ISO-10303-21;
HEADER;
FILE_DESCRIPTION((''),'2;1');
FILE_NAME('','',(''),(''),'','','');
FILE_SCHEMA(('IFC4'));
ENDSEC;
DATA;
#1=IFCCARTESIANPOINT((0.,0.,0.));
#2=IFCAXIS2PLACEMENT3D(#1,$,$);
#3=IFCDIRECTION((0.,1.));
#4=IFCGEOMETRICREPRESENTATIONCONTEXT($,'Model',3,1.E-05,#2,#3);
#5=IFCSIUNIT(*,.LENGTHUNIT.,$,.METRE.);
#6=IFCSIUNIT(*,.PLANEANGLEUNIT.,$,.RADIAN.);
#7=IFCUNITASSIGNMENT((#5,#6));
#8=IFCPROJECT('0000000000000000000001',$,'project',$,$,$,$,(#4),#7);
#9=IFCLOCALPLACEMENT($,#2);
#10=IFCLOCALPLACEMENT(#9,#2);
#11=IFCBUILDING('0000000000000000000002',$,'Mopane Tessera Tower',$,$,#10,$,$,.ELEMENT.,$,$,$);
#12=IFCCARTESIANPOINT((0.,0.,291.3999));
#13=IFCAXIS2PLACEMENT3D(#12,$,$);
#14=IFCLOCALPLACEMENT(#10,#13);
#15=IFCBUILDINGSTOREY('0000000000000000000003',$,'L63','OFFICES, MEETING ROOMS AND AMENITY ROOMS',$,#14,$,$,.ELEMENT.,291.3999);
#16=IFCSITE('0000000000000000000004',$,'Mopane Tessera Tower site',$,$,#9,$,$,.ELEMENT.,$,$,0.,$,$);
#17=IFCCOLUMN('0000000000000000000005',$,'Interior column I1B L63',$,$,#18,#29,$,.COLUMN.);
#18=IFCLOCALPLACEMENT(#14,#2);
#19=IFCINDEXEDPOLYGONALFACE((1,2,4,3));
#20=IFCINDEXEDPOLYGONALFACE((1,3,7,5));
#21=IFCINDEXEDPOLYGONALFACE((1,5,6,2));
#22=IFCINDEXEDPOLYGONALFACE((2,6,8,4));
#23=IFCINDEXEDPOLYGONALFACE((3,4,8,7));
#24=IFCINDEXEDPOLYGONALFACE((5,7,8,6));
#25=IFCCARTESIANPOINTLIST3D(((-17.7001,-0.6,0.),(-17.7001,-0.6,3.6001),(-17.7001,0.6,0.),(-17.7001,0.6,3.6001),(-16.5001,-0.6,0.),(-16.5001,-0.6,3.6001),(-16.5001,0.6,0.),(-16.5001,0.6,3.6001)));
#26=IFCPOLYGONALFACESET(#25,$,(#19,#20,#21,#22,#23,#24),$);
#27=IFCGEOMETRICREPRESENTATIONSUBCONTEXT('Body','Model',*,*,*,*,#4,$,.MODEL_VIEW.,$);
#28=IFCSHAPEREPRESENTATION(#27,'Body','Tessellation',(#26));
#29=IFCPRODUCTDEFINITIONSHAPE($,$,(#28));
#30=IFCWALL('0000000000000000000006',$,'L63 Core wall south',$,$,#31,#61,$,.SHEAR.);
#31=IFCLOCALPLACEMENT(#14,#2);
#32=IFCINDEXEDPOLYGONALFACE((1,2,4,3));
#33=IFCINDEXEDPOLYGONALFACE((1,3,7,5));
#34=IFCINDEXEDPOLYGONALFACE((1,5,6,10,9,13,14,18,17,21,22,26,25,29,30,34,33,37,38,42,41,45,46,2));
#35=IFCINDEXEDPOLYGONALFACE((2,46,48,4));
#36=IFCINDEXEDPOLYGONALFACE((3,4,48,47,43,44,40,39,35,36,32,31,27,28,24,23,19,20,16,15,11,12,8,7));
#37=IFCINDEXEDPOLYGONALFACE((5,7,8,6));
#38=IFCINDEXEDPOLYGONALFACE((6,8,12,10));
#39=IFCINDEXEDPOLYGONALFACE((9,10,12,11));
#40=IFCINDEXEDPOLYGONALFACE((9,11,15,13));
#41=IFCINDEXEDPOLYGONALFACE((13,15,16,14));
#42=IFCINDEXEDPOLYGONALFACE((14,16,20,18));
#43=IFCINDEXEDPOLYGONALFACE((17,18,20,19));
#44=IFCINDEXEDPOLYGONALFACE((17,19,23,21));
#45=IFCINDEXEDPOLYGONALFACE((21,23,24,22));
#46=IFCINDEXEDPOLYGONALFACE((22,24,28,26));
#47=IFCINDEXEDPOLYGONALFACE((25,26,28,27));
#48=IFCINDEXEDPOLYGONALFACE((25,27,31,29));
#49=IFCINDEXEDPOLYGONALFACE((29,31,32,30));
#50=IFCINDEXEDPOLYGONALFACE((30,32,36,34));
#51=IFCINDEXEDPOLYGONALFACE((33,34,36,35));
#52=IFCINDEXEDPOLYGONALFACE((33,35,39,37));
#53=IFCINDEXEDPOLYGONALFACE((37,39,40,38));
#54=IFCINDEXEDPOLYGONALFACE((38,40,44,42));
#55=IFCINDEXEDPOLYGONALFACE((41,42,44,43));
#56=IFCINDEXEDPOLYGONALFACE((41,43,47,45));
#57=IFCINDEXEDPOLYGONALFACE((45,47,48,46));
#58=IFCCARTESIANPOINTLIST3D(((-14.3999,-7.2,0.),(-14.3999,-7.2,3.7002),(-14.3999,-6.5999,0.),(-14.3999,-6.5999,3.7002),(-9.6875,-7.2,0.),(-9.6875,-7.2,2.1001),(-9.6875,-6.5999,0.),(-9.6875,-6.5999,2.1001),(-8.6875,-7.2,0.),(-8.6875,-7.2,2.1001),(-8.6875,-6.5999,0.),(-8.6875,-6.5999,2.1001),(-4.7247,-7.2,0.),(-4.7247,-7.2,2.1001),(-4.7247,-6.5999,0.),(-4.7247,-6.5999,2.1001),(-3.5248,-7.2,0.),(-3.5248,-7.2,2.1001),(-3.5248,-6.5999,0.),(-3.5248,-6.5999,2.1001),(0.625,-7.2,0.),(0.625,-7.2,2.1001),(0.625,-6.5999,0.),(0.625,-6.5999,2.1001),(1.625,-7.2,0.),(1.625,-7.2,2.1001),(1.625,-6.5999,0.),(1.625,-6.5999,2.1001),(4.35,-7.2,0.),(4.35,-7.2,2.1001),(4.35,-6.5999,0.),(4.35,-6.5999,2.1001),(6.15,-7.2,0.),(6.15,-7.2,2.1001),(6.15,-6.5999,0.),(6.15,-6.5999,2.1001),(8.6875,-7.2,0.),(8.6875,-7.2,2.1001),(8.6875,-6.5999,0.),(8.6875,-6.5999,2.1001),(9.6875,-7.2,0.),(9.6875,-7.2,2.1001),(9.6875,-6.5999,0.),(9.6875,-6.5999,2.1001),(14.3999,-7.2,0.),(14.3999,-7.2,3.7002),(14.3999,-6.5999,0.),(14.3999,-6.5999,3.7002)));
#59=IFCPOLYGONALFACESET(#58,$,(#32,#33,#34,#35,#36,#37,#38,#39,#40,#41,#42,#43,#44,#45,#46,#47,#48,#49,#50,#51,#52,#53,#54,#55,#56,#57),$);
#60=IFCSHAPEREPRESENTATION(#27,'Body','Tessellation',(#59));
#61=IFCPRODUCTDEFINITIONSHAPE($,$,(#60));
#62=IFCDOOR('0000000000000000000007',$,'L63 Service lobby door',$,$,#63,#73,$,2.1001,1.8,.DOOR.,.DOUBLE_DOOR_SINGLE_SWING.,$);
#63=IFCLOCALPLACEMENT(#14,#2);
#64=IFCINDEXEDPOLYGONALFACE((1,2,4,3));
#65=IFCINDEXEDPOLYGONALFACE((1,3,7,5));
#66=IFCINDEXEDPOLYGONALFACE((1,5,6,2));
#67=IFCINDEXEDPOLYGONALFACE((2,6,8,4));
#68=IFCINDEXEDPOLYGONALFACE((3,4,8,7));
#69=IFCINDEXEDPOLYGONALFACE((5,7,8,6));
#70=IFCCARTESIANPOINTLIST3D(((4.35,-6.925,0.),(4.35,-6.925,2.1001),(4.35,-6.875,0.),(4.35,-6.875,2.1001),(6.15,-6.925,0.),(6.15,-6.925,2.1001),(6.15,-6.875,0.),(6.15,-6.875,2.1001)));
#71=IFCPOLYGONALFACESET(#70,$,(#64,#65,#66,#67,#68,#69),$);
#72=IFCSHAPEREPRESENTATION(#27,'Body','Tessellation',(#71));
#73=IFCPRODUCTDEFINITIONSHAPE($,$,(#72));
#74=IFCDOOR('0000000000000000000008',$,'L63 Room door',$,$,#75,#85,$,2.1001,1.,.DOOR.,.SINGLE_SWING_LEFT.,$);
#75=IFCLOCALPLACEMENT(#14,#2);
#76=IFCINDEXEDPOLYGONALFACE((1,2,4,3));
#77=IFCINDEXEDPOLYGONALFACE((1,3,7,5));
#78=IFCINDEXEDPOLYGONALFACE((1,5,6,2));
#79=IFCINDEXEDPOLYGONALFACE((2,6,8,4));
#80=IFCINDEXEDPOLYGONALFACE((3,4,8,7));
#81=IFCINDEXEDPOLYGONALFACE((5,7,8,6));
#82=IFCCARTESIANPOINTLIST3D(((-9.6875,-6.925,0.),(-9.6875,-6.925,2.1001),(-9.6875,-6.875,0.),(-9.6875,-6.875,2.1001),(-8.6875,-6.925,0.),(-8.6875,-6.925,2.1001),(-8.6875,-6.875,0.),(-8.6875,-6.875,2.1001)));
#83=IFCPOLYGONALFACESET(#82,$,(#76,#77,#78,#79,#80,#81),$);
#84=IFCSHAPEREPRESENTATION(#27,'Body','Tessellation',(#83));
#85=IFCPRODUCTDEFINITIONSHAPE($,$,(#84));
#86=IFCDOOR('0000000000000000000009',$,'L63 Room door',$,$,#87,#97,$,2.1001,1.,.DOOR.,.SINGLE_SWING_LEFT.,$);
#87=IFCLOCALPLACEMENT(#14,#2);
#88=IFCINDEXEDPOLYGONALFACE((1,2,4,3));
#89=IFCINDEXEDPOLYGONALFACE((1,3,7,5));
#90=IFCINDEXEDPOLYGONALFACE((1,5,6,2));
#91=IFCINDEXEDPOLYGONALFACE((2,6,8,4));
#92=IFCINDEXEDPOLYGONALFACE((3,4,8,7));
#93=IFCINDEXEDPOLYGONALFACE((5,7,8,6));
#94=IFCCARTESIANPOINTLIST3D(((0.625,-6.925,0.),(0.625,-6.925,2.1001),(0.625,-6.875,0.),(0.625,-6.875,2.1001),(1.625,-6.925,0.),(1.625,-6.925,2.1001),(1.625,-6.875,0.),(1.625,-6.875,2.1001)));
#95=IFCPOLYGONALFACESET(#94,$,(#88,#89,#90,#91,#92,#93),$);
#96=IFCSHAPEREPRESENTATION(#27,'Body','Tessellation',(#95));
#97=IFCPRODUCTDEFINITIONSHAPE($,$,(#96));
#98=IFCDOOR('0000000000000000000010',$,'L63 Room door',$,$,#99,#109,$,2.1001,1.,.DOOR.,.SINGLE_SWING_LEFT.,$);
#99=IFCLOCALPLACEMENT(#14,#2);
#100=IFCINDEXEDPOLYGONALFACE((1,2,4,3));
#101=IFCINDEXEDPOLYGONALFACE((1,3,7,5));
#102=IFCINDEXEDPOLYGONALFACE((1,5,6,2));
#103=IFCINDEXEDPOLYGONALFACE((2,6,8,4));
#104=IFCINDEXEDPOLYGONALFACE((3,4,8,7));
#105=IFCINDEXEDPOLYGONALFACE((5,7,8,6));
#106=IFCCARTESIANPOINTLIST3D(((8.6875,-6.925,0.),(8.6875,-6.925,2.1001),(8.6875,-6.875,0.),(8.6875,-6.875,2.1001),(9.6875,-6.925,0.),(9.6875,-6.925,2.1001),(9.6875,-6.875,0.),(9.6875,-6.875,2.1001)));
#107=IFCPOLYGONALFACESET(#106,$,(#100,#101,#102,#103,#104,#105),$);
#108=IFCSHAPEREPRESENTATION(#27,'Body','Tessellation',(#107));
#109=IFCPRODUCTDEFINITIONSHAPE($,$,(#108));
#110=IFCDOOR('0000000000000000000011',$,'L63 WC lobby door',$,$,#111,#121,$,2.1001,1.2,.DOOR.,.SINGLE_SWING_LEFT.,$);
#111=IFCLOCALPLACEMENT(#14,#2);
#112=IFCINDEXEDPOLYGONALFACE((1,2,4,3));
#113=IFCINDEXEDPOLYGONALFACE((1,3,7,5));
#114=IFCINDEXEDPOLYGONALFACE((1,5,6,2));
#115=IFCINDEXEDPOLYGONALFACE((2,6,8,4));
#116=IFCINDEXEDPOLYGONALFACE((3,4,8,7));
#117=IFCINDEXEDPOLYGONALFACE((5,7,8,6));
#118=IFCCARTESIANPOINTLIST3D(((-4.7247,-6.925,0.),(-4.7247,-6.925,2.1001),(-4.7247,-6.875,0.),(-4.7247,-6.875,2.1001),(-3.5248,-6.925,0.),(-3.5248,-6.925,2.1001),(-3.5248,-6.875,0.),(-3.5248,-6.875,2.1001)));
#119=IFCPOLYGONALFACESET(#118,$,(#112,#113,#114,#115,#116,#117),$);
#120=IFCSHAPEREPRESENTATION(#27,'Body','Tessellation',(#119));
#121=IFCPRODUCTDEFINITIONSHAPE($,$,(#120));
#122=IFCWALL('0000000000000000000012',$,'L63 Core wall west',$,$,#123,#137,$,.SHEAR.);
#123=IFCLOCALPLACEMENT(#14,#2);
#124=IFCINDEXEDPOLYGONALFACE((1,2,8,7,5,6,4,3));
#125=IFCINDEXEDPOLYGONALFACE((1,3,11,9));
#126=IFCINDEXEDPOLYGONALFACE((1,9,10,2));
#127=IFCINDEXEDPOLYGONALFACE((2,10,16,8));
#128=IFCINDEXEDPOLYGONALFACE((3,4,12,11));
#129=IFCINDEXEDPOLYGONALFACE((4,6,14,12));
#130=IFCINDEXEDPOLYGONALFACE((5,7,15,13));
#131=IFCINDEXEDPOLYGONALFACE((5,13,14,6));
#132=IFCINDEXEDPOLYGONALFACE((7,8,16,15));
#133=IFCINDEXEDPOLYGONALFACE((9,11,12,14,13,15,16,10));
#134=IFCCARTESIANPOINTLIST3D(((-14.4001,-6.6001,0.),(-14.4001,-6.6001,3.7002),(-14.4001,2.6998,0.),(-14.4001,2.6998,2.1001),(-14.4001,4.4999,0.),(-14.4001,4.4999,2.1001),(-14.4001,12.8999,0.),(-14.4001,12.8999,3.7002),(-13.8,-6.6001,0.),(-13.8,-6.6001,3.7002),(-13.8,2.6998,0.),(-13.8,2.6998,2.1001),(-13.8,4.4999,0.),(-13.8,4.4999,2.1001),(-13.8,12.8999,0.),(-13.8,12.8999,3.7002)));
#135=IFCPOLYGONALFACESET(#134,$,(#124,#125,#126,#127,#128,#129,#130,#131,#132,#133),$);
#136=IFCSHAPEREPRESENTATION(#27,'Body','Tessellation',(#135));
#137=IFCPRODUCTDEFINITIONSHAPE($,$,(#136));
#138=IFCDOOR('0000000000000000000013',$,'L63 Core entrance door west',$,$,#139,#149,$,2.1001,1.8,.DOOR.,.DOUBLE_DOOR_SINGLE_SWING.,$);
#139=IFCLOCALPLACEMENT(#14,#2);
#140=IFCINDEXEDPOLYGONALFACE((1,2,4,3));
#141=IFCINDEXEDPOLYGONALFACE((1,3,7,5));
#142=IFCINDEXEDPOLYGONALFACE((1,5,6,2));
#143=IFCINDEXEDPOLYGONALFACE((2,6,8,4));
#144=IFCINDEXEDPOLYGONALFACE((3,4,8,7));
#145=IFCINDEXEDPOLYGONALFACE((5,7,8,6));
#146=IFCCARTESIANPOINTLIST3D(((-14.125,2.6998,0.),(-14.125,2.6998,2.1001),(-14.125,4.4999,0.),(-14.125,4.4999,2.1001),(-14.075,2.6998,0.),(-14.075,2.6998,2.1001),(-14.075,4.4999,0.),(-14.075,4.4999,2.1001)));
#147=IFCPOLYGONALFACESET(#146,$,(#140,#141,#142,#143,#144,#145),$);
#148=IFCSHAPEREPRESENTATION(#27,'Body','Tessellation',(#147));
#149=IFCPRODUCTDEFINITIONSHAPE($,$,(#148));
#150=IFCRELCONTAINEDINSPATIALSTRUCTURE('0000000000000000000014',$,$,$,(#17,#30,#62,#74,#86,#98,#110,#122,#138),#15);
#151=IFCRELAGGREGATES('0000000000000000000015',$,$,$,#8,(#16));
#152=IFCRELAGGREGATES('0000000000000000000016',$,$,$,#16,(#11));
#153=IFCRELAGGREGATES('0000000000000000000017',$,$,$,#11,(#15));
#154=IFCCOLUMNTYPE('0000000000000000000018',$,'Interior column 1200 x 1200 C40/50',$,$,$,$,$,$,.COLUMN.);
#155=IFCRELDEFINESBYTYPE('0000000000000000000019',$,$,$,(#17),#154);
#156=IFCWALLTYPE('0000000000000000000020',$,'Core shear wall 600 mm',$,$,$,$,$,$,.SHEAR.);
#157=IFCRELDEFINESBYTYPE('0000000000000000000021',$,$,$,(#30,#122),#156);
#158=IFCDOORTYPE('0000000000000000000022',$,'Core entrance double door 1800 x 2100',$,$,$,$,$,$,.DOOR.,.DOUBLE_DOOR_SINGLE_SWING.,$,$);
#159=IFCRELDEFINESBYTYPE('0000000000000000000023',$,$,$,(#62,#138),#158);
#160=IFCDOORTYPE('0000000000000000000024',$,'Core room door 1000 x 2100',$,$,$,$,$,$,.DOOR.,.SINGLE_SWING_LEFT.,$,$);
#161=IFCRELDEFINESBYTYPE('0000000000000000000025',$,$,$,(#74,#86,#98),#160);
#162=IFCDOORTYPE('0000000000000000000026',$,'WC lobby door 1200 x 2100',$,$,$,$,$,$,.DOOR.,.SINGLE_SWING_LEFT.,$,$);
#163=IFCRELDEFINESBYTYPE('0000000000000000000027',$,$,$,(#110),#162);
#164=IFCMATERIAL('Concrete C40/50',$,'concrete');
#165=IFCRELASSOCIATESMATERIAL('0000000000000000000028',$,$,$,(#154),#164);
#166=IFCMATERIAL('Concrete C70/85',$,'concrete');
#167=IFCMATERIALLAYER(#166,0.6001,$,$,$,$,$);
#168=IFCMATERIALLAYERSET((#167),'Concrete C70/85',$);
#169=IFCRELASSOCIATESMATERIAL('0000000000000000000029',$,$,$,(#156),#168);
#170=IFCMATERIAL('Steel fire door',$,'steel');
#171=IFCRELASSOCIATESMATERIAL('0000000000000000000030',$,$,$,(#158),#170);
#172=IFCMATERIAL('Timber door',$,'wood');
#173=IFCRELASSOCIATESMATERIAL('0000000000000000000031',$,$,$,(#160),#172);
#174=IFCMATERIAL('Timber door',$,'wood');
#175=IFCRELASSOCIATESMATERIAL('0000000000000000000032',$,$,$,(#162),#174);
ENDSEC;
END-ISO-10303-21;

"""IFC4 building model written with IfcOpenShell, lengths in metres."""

from ifc_helpers import new_model, si_unit, direction, frame, frame_2d, origin, origin_2d, place, context, subcontext, project, spatial, rectangle, extrude, material, layer, layer_set, material_profile, profile_set, type_object, element, fill, save


model = new_model("IFC4")

# Units and contexts
model_context = context("Model", 3, precision=1e-05, world=origin(), true_north=direction((0.0, 1.0)))
body_context = subcontext(model_context, "Body", "Model", "MODEL_VIEW")
ifc_project = project(units=[si_unit("LENGTHUNIT", "METRE"), si_unit("PLANEANGLEUNIT", "RADIAN")], contexts=[model_context])

# Site, building, storey
site_placement = place(None, origin())
site = spatial("IfcSite", under=ifc_project, at=site_placement, Name="Mopane Tessera Tower site", CompositionType="ELEMENT", RefElevation=0.0)
building_placement = place(site_placement, origin())
building = spatial("IfcBuilding", under=site, at=building_placement, Name="Mopane Tessera Tower", CompositionType="ELEMENT")
storey_placement = place(building_placement, frame((0.0, 0.0, 291.3999)))
storey = spatial("IfcBuildingStorey", under=building, at=storey_placement, Name="L63", Description="OFFICES, MEETING ROOMS AND AMENITY ROOMS", CompositionType="ELEMENT", Elevation=291.3999)

# Column
ifc_material_1 = material(Name="Concrete C40/50", Category="concrete")
ifc_material_profile = material_profile(ifc_material_1, rectangle(XDim=1.2, YDim=1.2, at=origin_2d()))
ifc_profile_set = profile_set([ifc_material_profile], Name="Concrete C40/50")
column_type = type_object("IfcColumnType", Name="Interior column 1200 x 1200 C40/50", PredefinedType="COLUMN", material=ifc_profile_set)
column_placement = place(storey_placement, frame((-17.1001, 0.0, 0.0), z_axis=(0.0, 0.0, 1.0), x_axis=(1.0, 0.0, 0.0)))
element("IfcColumn", 1, at=column_placement, inside=storey, type_object=column_type, Name="Interior column I1B L63", PredefinedType="COLUMN", context=body_context, shape_type="SweptSolid", body=[
    extrude(rectangle(XDim=1.2, YDim=1.2, at=origin_2d()), origin(), (0.0, 0.0, 1.0), 3.6001),
])

# Wall, openings, doors
ifc_material_2 = material(Name="Concrete C70/85", Category="concrete")
ifc_layer_1 = layer(ifc_material_2, 0.6001)
ifc_layer_set_1 = layer_set([ifc_layer_1], Name="Concrete C70/85")
wall_type_1 = type_object("IfcWallType", Name="Core shear wall 600 mm", PredefinedType="SHEAR", material=ifc_layer_set_1)
wall_1_placement = place(storey_placement, frame((-14.3999, -6.8999, 0.0), z_axis=(0.0, 0.0, 1.0), x_axis=(1.0, 0.0, 0.0)))
wall_1 = element("IfcWall", 2, at=wall_1_placement, inside=storey, type_object=wall_type_1, Name="L63 Core wall south", PredefinedType="SHEAR", context=body_context, shape_type="SweptSolid", body=[
    extrude(rectangle(XDim=28.7998, YDim=0.6001, at=frame_2d((14.3999, 0.0))), origin(), (0.0, 0.0, 1.0), 3.7002),
])
opening_1_placement = place(wall_1_placement, frame((4.7124, 0.0, 0.0)))
opening_1 = element("IfcOpeningElement", 3, at=opening_1_placement, cuts=wall_1, PredefinedType="OPENING", context=body_context, shape_type="SweptSolid", body=[
    extrude(rectangle(XDim=1.0, YDim=2.1001, at=frame_2d((0.5, 1.05))), frame((0.0, 0.312, 0.0), z_axis=(0.0, -1.0, 0.0), x_axis=(1.0, 0.0, 0.0)), (0.0, 0.0, 1.0), 0.624),
])
opening_2_placement = place(wall_1_placement, frame((9.675, 0.0, 0.0)))
opening_2 = element("IfcOpeningElement", 4, at=opening_2_placement, cuts=wall_1, PredefinedType="OPENING", context=body_context, shape_type="SweptSolid", body=[
    extrude(rectangle(XDim=1.2, YDim=2.1001, at=frame_2d((0.6001, 1.05))), frame((0.0, 0.312, 0.0), z_axis=(0.0, -1.0, 0.0), x_axis=(1.0, 0.0, 0.0)), (0.0, 0.0, 1.0), 0.624),
])
opening_3_placement = place(wall_1_placement, frame((15.0249, 0.0, 0.0)))
opening_3 = element("IfcOpeningElement", 5, at=opening_3_placement, cuts=wall_1, PredefinedType="OPENING", context=body_context, shape_type="SweptSolid", body=[
    extrude(rectangle(XDim=1.0, YDim=2.1001, at=frame_2d((0.5, 1.05))), frame((0.0, 0.312, 0.0), z_axis=(0.0, -1.0, 0.0), x_axis=(1.0, 0.0, 0.0)), (0.0, 0.0, 1.0), 0.624),
])
opening_4_placement = place(wall_1_placement, frame((18.75, 0.0, 0.0)))
opening_4 = element("IfcOpeningElement", 6, at=opening_4_placement, cuts=wall_1, PredefinedType="OPENING", context=body_context, shape_type="SweptSolid", body=[
    extrude(rectangle(XDim=1.8, YDim=2.1001, at=frame_2d((0.8999, 1.05))), frame((0.0, 0.312, 0.0), z_axis=(0.0, -1.0, 0.0), x_axis=(1.0, 0.0, 0.0)), (0.0, 0.0, 1.0), 0.624),
])
opening_5_placement = place(wall_1_placement, frame((23.0874, 0.0, 0.0)))
opening_5 = element("IfcOpeningElement", 7, at=opening_5_placement, cuts=wall_1, PredefinedType="OPENING", context=body_context, shape_type="SweptSolid", body=[
    extrude(rectangle(XDim=1.0, YDim=2.1001, at=frame_2d((0.5, 1.05))), frame((0.0, 0.312, 0.0), z_axis=(0.0, -1.0, 0.0), x_axis=(1.0, 0.0, 0.0)), (0.0, 0.0, 1.0), 0.624),
])
ifc_material_3 = material(Name="Steel fire door", Category="steel")
door_type_1 = type_object("IfcDoorType", Name="Core entrance double door 1800 x 2100", OperationType="DOUBLE_DOOR_SINGLE_SWING", PredefinedType="DOOR", material=ifc_material_3)
door_1_placement = place(opening_4_placement, origin())
door_1 = element("IfcDoor", 8, at=door_1_placement, inside=storey, type_object=door_type_1, Name="L63 Service lobby door", OperationType="DOUBLE_DOOR_SINGLE_SWING", OverallHeight=2.1001, OverallWidth=1.8, PredefinedType="DOOR", context=body_context, shape_type="SweptSolid", body=[
    extrude(rectangle(XDim=1.8, YDim=2.1001, at=frame_2d((0.8999, 1.05))), frame((0.0, 0.0249, 0.0), z_axis=(0.0, -1.0, 0.0), x_axis=(1.0, 0.0, 0.0)), (0.0, 0.0, 1.0), 0.05),
])
fill(opening_4, door_1)
ifc_material_4 = material(Name="Timber door", Category="wood")
door_type_2 = type_object("IfcDoorType", Name="Core room door 1000 x 2100", OperationType="SINGLE_SWING_LEFT", PredefinedType="DOOR", material=ifc_material_4)
door_2_placement = place(opening_1_placement, origin())
door_2 = element("IfcDoor", 9, at=door_2_placement, inside=storey, type_object=door_type_2, Name="L63 Room door", OperationType="SINGLE_SWING_LEFT", OverallHeight=2.1001, OverallWidth=1.0, PredefinedType="DOOR", context=body_context, shape_type="SweptSolid", body=[
    extrude(rectangle(XDim=1.0, YDim=2.1001, at=frame_2d((0.5, 1.05))), frame((0.0, 0.0249, 0.0), z_axis=(0.0, -1.0, 0.0), x_axis=(1.0, 0.0, 0.0)), (0.0, 0.0, 1.0), 0.05),
])
fill(opening_1, door_2)
door_3_placement = place(opening_3_placement, origin())
door_3 = element("IfcDoor", 10, at=door_3_placement, inside=storey, type_object=door_type_2, Name="L63 Room door", OperationType="SINGLE_SWING_LEFT", OverallHeight=2.1001, OverallWidth=1.0, PredefinedType="DOOR", context=body_context, shape_type="SweptSolid", body=[
    extrude(rectangle(XDim=1.0, YDim=2.1001, at=frame_2d((0.5, 1.05))), frame((0.0, 0.0249, 0.0), z_axis=(0.0, -1.0, 0.0), x_axis=(1.0, 0.0, 0.0)), (0.0, 0.0, 1.0), 0.05),
])
fill(opening_3, door_3)
door_4_placement = place(opening_5_placement, origin())
door_4 = element("IfcDoor", 11, at=door_4_placement, inside=storey, type_object=door_type_2, Name="L63 Room door", OperationType="SINGLE_SWING_LEFT", OverallHeight=2.1001, OverallWidth=1.0, PredefinedType="DOOR", context=body_context, shape_type="SweptSolid", body=[
    extrude(rectangle(XDim=1.0, YDim=2.1001, at=frame_2d((0.5, 1.05))), frame((0.0, 0.0249, 0.0), z_axis=(0.0, -1.0, 0.0), x_axis=(1.0, 0.0, 0.0)), (0.0, 0.0, 1.0), 0.05),
])
fill(opening_5, door_4)
ifc_material_5 = material(Name="Timber door", Category="wood")
door_type_3 = type_object("IfcDoorType", Name="WC lobby door 1200 x 2100", OperationType="SINGLE_SWING_LEFT", PredefinedType="DOOR", material=ifc_material_5)
door_5_placement = place(opening_2_placement, origin())
door_5 = element("IfcDoor", 12, at=door_5_placement, inside=storey, type_object=door_type_3, Name="L63 WC lobby door", OperationType="SINGLE_SWING_LEFT", OverallHeight=2.1001, OverallWidth=1.2, PredefinedType="DOOR", context=body_context, shape_type="SweptSolid", body=[
    extrude(rectangle(XDim=1.2, YDim=2.1001, at=frame_2d((0.6001, 1.05))), frame((0.0, 0.0249, 0.0), z_axis=(0.0, -1.0, 0.0), x_axis=(1.0, 0.0, 0.0)), (0.0, 0.0, 1.0), 0.05),
])
fill(opening_2, door_5)

# Wall, opening, door
wall_2_placement = place(storey_placement, frame((-14.1001, -6.6001, 0.0), z_axis=(0.0, 0.0, 1.0), x_axis=(0.0, 1.0, 0.0)))
wall_2 = element("IfcWall", 13, at=wall_2_placement, inside=storey, type_object=wall_type_1, Name="L63 Core wall west", PredefinedType="SHEAR", context=body_context, shape_type="SweptSolid", body=[
    extrude(rectangle(XDim=19.5, YDim=0.6001, at=frame_2d((9.75, 0.0))), origin(), (0.0, 0.0, 1.0), 3.7002),
])
opening_6_placement = place(wall_2_placement, frame((9.3, 0.0, 0.0)))
opening_6 = element("IfcOpeningElement", 14, at=opening_6_placement, cuts=wall_2, PredefinedType="OPENING", context=body_context, shape_type="SweptSolid", body=[
    extrude(rectangle(XDim=1.8, YDim=2.1001, at=frame_2d((0.8999, 1.05))), frame((0.0, 0.312, 0.0), z_axis=(0.0, -1.0, 0.0), x_axis=(1.0, 0.0, 0.0)), (0.0, 0.0, 1.0), 0.624),
])
door_6_placement = place(opening_6_placement, origin())
door_6 = element("IfcDoor", 15, at=door_6_placement, inside=storey, type_object=door_type_1, Name="L63 Core entrance door west", OperationType="DOUBLE_DOOR_SINGLE_SWING", OverallHeight=2.1001, OverallWidth=1.8, PredefinedType="DOOR", context=body_context, shape_type="SweptSolid", body=[
    extrude(rectangle(XDim=1.8, YDim=2.1001, at=frame_2d((0.8999, 1.05))), frame((0.0, 0.0249, 0.0), z_axis=(0.0, -1.0, 0.0), x_axis=(1.0, 0.0, 0.0)), (0.0, 0.0, 1.0), 0.05),
])
fill(opening_6, door_6)

save(model, "model.ifc")
